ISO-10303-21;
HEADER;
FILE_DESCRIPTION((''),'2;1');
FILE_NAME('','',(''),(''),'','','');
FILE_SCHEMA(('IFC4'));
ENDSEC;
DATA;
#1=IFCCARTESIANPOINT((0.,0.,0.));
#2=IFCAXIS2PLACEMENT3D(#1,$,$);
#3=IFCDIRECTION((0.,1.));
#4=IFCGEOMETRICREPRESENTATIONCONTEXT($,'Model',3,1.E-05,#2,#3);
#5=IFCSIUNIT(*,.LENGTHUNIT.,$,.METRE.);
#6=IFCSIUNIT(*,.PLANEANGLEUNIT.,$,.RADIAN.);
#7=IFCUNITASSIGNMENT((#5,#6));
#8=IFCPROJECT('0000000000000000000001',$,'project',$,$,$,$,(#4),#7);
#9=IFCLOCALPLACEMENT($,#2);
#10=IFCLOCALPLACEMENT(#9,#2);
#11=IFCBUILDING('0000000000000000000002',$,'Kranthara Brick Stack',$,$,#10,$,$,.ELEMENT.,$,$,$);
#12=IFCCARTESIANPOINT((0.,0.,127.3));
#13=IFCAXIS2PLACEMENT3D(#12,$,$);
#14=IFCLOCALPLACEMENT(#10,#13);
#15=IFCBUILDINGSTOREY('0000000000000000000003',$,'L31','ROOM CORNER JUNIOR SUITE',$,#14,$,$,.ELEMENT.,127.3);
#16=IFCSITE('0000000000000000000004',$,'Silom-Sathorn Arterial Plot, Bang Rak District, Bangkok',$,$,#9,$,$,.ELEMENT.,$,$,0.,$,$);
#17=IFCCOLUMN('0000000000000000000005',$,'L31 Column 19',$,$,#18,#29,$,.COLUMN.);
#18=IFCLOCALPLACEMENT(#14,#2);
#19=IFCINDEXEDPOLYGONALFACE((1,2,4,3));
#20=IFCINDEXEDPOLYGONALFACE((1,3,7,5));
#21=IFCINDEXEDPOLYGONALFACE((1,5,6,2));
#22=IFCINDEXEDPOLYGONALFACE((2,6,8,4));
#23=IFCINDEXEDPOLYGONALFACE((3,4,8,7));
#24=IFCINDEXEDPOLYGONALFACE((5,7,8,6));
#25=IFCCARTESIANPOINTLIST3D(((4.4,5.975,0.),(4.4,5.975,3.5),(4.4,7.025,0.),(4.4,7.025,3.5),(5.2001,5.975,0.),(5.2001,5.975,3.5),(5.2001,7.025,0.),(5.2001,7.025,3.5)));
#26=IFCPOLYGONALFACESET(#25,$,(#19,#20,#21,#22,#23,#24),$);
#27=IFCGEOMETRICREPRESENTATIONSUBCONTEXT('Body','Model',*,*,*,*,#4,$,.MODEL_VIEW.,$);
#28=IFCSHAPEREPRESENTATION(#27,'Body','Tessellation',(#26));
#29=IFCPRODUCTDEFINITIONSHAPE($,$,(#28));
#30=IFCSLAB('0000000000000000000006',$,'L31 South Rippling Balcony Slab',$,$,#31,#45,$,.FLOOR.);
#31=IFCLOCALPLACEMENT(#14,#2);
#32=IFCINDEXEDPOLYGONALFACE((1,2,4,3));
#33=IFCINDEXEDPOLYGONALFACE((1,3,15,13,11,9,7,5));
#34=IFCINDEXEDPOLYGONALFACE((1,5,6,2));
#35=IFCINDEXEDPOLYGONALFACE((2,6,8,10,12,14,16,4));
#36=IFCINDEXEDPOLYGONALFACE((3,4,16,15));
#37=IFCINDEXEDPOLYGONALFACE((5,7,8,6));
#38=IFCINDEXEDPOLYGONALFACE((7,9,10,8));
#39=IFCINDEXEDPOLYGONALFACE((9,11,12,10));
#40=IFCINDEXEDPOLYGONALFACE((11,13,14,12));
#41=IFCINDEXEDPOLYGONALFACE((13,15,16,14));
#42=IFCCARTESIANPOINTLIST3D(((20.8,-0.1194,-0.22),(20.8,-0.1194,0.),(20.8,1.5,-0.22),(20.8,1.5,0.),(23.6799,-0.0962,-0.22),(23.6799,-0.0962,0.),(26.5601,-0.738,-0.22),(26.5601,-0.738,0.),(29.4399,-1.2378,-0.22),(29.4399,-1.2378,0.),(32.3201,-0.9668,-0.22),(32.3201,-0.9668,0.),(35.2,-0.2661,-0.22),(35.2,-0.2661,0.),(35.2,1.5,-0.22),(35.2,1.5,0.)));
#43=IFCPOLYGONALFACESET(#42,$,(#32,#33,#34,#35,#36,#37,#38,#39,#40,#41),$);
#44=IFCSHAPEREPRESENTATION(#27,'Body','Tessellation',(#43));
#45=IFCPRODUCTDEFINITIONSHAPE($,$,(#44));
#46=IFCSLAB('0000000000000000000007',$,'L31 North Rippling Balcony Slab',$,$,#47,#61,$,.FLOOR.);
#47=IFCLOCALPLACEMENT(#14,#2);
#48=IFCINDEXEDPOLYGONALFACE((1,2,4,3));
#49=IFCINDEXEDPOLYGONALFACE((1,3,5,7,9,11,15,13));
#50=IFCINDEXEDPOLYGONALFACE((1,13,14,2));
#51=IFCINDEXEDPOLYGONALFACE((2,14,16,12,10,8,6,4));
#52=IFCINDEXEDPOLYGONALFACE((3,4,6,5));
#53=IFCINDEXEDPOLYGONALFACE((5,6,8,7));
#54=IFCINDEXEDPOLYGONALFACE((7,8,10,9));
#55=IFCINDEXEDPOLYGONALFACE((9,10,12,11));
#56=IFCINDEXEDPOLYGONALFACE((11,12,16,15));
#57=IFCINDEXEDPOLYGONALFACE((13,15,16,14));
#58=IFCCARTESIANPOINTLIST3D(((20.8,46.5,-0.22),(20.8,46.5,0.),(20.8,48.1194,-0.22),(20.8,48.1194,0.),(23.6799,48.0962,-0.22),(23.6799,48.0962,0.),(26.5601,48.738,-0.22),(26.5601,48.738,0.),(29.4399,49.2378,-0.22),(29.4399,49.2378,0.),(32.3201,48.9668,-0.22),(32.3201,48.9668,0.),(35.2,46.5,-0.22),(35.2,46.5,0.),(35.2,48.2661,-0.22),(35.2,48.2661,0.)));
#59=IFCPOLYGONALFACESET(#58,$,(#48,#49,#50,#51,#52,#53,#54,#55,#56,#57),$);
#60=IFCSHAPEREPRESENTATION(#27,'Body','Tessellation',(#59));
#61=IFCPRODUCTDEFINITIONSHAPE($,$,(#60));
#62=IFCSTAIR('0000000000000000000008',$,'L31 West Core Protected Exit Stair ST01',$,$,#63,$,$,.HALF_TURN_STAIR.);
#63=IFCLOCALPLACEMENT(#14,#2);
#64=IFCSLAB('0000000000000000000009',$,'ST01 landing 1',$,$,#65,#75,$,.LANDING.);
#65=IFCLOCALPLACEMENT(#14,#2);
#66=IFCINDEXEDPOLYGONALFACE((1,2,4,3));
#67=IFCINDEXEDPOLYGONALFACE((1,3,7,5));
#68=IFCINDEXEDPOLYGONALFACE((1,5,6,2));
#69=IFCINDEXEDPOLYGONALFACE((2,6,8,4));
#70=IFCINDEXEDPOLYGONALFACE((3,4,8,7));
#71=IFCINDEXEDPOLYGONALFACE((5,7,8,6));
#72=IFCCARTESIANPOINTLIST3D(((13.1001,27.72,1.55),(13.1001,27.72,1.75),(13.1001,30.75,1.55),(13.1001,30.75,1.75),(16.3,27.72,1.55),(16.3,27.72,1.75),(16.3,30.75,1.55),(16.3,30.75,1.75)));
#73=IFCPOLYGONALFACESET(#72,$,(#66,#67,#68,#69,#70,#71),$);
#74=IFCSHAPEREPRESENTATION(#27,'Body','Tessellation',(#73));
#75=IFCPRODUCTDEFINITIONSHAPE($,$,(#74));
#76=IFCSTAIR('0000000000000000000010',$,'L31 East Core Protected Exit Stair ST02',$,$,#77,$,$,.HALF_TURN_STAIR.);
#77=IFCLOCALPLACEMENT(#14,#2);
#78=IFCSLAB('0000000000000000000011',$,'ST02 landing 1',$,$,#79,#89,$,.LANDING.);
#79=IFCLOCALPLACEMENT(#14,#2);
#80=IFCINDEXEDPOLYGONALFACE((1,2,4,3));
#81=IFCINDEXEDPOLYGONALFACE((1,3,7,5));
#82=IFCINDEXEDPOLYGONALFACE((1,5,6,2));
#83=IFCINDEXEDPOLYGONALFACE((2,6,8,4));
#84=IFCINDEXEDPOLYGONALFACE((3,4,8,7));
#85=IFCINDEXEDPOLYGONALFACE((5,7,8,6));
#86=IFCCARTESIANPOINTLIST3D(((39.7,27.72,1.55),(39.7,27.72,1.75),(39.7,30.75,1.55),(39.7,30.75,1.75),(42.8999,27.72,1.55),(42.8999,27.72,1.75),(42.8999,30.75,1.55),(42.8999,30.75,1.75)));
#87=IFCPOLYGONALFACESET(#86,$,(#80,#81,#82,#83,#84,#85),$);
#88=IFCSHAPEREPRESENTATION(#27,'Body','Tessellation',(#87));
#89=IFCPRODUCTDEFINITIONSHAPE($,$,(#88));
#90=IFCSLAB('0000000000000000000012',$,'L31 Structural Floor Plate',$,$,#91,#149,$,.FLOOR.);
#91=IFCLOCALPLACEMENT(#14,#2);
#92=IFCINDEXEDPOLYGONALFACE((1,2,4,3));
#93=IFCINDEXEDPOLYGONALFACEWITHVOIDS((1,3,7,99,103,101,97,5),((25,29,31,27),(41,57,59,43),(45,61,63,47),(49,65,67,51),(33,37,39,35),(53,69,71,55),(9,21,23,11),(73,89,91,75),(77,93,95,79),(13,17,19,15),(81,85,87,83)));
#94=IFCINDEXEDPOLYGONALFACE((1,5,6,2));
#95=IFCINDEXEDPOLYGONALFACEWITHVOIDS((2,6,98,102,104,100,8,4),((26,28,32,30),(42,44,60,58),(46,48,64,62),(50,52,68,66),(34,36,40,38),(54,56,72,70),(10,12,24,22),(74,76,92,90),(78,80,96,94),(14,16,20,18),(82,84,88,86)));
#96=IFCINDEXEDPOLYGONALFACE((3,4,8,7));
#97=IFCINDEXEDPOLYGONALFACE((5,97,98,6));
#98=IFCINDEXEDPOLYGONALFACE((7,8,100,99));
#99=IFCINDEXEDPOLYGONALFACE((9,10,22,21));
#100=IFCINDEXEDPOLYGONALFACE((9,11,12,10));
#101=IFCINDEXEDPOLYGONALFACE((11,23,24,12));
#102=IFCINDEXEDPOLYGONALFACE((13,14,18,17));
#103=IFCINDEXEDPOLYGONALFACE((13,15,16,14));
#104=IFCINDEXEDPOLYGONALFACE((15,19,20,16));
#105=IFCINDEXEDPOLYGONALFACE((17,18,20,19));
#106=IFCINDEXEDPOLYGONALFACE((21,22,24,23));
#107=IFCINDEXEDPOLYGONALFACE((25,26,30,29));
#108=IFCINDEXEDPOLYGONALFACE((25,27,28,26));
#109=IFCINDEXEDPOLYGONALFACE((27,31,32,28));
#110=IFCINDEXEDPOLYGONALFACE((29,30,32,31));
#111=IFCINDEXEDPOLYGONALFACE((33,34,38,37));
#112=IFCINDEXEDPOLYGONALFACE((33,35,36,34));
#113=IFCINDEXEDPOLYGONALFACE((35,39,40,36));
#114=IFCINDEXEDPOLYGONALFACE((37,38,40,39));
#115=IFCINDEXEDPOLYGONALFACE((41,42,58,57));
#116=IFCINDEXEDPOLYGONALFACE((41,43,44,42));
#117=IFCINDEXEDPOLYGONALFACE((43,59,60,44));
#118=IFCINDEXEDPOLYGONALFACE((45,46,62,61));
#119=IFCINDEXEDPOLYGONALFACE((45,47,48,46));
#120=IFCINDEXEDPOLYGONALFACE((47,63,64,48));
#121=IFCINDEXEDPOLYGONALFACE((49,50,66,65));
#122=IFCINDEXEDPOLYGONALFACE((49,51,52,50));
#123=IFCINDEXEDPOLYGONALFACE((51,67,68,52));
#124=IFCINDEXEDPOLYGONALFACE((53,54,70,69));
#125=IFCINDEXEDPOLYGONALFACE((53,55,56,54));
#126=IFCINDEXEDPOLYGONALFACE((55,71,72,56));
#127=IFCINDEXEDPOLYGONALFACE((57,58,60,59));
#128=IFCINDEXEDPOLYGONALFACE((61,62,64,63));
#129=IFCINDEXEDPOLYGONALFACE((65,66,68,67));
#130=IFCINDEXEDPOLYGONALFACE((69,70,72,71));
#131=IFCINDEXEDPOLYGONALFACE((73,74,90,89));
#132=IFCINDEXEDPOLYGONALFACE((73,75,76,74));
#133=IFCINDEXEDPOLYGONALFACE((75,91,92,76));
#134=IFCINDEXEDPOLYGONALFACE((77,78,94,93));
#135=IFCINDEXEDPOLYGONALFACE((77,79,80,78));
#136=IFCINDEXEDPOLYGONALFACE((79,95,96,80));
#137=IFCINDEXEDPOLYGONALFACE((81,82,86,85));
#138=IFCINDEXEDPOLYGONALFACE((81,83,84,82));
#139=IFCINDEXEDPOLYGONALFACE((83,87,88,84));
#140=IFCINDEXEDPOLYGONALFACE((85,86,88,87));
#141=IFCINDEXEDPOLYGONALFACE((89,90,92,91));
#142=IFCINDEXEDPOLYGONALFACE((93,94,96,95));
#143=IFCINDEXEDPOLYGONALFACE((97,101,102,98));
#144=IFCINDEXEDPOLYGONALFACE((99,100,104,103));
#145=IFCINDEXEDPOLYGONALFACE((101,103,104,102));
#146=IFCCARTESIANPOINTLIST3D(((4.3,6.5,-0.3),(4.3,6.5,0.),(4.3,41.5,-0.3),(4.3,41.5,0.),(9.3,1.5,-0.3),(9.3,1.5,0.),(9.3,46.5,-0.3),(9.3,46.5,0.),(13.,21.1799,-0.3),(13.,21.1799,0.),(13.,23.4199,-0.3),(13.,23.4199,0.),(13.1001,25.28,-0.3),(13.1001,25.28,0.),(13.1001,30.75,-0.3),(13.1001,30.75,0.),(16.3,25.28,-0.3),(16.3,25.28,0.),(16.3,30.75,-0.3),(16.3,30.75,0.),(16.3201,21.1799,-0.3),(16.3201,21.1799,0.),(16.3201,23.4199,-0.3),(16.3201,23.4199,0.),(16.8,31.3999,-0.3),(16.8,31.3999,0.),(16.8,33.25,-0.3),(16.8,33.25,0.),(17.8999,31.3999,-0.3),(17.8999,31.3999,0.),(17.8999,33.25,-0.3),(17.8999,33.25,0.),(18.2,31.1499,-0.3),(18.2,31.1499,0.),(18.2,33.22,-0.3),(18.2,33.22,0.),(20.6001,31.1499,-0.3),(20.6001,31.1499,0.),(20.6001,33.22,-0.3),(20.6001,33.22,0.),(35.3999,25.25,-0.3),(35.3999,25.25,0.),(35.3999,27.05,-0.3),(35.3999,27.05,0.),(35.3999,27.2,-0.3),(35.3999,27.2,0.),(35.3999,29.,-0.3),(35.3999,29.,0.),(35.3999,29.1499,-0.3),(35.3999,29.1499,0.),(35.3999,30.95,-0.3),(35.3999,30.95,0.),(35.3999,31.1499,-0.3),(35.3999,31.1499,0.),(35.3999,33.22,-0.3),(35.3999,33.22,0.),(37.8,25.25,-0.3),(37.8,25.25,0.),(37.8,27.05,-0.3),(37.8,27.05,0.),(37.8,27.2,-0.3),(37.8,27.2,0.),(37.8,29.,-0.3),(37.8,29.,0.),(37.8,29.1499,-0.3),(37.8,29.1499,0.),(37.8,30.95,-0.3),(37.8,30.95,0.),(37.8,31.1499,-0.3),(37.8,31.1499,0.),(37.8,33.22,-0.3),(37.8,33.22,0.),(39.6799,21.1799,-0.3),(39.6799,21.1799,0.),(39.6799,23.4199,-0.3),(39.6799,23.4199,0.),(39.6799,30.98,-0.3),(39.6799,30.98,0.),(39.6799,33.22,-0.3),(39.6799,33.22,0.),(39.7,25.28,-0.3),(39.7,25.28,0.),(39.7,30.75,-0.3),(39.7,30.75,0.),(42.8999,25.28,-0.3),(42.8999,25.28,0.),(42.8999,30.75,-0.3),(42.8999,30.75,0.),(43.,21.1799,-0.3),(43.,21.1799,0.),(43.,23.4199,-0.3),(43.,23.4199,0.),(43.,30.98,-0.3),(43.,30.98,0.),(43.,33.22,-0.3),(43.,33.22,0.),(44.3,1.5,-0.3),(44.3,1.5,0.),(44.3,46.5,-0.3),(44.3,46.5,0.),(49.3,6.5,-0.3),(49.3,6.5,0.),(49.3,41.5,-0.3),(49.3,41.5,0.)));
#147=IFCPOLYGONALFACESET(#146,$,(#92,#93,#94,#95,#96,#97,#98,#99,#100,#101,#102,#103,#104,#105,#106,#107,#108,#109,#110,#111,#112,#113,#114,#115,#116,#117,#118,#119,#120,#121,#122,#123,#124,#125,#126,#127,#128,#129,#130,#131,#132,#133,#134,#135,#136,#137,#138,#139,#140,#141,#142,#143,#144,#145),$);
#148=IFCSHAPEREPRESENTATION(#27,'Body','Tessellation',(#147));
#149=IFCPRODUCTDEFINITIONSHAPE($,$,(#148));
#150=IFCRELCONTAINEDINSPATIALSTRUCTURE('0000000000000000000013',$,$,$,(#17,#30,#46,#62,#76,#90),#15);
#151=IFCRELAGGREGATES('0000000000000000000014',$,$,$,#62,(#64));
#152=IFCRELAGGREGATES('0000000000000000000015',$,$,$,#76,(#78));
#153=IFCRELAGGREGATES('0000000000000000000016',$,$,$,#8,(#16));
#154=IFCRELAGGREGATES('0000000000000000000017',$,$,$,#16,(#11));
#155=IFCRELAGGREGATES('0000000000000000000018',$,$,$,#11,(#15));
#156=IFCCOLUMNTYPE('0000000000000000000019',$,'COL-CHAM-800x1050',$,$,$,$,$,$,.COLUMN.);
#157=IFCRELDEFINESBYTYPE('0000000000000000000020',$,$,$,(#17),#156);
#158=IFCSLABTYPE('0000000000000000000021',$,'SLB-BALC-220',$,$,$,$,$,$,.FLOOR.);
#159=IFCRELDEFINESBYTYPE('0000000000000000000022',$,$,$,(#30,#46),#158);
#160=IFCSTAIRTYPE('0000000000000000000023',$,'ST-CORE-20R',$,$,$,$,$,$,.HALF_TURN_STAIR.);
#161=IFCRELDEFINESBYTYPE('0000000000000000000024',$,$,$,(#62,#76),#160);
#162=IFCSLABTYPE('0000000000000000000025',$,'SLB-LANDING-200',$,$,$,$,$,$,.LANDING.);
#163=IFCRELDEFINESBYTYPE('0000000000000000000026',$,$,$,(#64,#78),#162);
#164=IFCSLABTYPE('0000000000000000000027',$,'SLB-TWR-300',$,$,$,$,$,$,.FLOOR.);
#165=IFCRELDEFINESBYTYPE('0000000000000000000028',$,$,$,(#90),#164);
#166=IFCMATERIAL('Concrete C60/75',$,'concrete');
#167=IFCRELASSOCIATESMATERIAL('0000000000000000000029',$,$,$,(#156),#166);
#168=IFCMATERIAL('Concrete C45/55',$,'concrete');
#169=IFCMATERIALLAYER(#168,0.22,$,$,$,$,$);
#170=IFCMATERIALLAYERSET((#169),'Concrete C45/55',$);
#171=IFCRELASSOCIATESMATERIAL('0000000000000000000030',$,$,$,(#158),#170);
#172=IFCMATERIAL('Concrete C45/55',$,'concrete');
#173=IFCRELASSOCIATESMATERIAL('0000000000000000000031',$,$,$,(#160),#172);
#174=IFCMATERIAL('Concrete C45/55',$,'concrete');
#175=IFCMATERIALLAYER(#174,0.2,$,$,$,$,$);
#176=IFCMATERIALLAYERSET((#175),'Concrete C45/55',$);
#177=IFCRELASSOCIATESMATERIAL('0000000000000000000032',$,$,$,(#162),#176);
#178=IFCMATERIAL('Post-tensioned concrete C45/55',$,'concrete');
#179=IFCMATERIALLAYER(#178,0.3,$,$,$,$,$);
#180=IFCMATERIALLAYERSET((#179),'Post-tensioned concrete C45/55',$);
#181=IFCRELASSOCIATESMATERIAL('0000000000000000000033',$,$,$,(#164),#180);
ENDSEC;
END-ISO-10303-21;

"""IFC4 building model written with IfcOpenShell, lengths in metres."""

from ifc_helpers import new_model, si_unit, direction, frame, origin, origin_2d, place, context, subcontext, project, spatial, polyline, rectangle, outline, extrude, material, layer, layer_set, material_profile, profile_set, type_object, element, aggregate, save


model = new_model("IFC4")

# Units and contexts
model_context = context("Model", 3, precision=1e-05, world=origin(), true_north=direction((0.0, 1.0)))
body_context = subcontext(model_context, "Body", "Model", "MODEL_VIEW")
ifc_project = project(units=[si_unit("LENGTHUNIT", "METRE"), si_unit("PLANEANGLEUNIT", "RADIAN")], contexts=[model_context])

# Site, building, storey
site_placement = place(None, origin())
site = spatial("IfcSite", under=ifc_project, at=site_placement, Name="Silom-Sathorn Arterial Plot, Bang Rak District, Bangkok", CompositionType="ELEMENT", RefElevation=0.0)
building_placement = place(site_placement, origin())
building = spatial("IfcBuilding", under=site, at=building_placement, Name="Kranthara Brick Stack", CompositionType="ELEMENT")
storey_placement = place(building_placement, frame((0.0, 0.0, 127.3)))
storey = spatial("IfcBuildingStorey", under=building, at=storey_placement, Name="L31", Description="ROOM CORNER JUNIOR SUITE", CompositionType="ELEMENT", Elevation=127.3)

# Column
ifc_material_1 = material(Name="Concrete C60/75", Category="concrete")
ifc_material_profile = material_profile(ifc_material_1, rectangle(XDim=0.8, YDim=1.05, at=origin_2d()), Name="RC 800x1050")
ifc_profile_set = profile_set([ifc_material_profile], Name="Concrete C60/75")
column_type = type_object("IfcColumnType", Name="COL-CHAM-800x1050", PredefinedType="COLUMN", material=ifc_profile_set)
column_placement = place(storey_placement, frame((4.8, 6.5, 0.0), z_axis=(0.0, 0.0, 1.0), x_axis=(1.0, 0.0, 0.0)))
element("IfcColumn", 1, at=column_placement, inside=storey, type_object=column_type, Name="L31 Column 19", PredefinedType="COLUMN", context=body_context, shape_type="SweptSolid", body=[
    extrude(rectangle(XDim=0.8, YDim=1.05, at=origin_2d()), origin(), (0.0, 0.0, 1.0), 3.5),
])

# Slabs
ifc_material_2 = material(Name="Concrete C45/55", Category="concrete")
ifc_layer_1 = layer(ifc_material_2, 0.22)
ifc_layer_set_1 = layer_set([ifc_layer_1], Name="Concrete C45/55")
slab_type_1 = type_object("IfcSlabType", Name="SLB-BALC-220", PredefinedType="FLOOR", material=ifc_layer_set_1)
slab_1_placement = place(storey_placement, frame((0.0, 0.0, -0.22)))
element("IfcSlab", 2, at=slab_1_placement, inside=storey, type_object=slab_type_1, Name="L31 South Rippling Balcony Slab", PredefinedType="FLOOR", context=body_context, shape_type="SweptSolid", body=[
    extrude(outline(polyline([(20.8, 1.5), (35.2, 1.5), (35.2, -0.2661), (32.3201, -0.9668), (29.4399, -1.2378), (26.5601, -0.738), (23.6799, -0.0962), (20.8, -0.1194), (20.8, 1.5)])), origin(), (0.0, 0.0, 1.0), 0.22),
])
slab_2_placement = place(storey_placement, frame((0.0, 0.0, -0.22)))
element("IfcSlab", 3, at=slab_2_placement, inside=storey, type_object=slab_type_1, Name="L31 North Rippling Balcony Slab", PredefinedType="FLOOR", context=body_context, shape_type="SweptSolid", body=[
    extrude(outline(polyline([(35.2, 46.5), (20.8, 46.5), (20.8, 48.1194), (23.6799, 48.0962), (26.5601, 48.738), (29.4399, 49.2378), (32.3201, 48.9668), (35.2, 48.2661), (35.2, 46.5)])), origin(), (0.0, 0.0, 1.0), 0.22),
])

# Stairs, slabs
ifc_material_3 = material(Name="Concrete C45/55", Category="concrete")
stair_type = type_object("IfcStairType", Name="ST-CORE-20R", PredefinedType="HALF_TURN_STAIR", material=ifc_material_3)
stair_1_placement = place(storey_placement, origin())
stair_1 = element("IfcStair", 4, at=stair_1_placement, inside=storey, type_object=stair_type, Name="L31 West Core Protected Exit Stair ST01", PredefinedType="HALF_TURN_STAIR")
ifc_material_4 = material(Name="Concrete C45/55", Category="concrete")
ifc_layer_2 = layer(ifc_material_4, 0.2)
ifc_layer_set_2 = layer_set([ifc_layer_2], Name="Concrete C45/55")
slab_type_2 = type_object("IfcSlabType", Name="SLB-LANDING-200", PredefinedType="LANDING", material=ifc_layer_set_2)
slab_3_placement = place(storey_placement, frame((0.0, 0.0, 1.55)))
slab_3 = element("IfcSlab", 5, at=slab_3_placement, type_object=slab_type_2, Name="ST01 landing 1", PredefinedType="LANDING", context=body_context, shape_type="SweptSolid", body=[
    extrude(outline(polyline([(16.3, 27.72), (16.3, 30.75), (13.1001, 30.75), (13.1001, 27.72), (16.3, 27.72)])), origin(), (0.0, 0.0, 1.0), 0.2),
])
aggregate(stair_1, [slab_3])
stair_2_placement = place(storey_placement, origin())
stair_2 = element("IfcStair", 6, at=stair_2_placement, inside=storey, type_object=stair_type, Name="L31 East Core Protected Exit Stair ST02", PredefinedType="HALF_TURN_STAIR")
slab_4_placement = place(storey_placement, frame((0.0, 0.0, 1.55)))
slab_4 = element("IfcSlab", 7, at=slab_4_placement, type_object=slab_type_2, Name="ST02 landing 1", PredefinedType="LANDING", context=body_context, shape_type="SweptSolid", body=[
    extrude(outline(polyline([(42.8999, 27.72), (42.8999, 30.75), (39.7, 30.75), (39.7, 27.72), (42.8999, 27.72)])), origin(), (0.0, 0.0, 1.0), 0.2),
])
aggregate(stair_2, [slab_4])

# Slab
ifc_material_5 = material(Name="Post-tensioned concrete C45/55", Category="concrete")
ifc_layer_3 = layer(ifc_material_5, 0.3)
ifc_layer_set_3 = layer_set([ifc_layer_3], Name="Post-tensioned concrete C45/55")
slab_type_3 = type_object("IfcSlabType", Name="SLB-TWR-300", PredefinedType="FLOOR", material=ifc_layer_set_3)
slab_5_placement = place(storey_placement, frame((0.0, 0.0, -0.3)))
element("IfcSlab", 8, at=slab_5_placement, inside=storey, type_object=slab_type_3, Name="L31 Structural Floor Plate", PredefinedType="FLOOR", context=body_context, shape_type="SweptSolid", body=[
    extrude(outline(polyline([(9.3, 1.5), (44.3, 1.5), (49.3, 6.5), (49.3, 41.5), (44.3, 46.5), (9.3, 46.5), (4.3, 41.5), (4.3, 6.5), (9.3, 1.5)]), holes=[polyline([(13.1001, 25.28), (16.3, 25.28), (16.3, 30.75), (13.1001, 30.75), (13.1001, 25.28)]), polyline([(39.7, 25.28), (42.8999, 25.28), (42.8999, 30.75), (39.7, 30.75), (39.7, 25.28)]), polyline([(13.0, 21.1799), (16.3201, 21.1799), (16.3201, 23.4199), (13.0, 23.4199), (13.0, 21.1799)]), polyline([(39.6799, 21.1799), (43.0, 21.1799), (43.0, 23.4199), (39.6799, 23.4199), (39.6799, 21.1799)]), polyline([(39.6799, 30.98), (43.0, 30.98), (43.0, 33.22), (39.6799, 33.22), (39.6799, 30.98)]), polyline([(35.3999, 25.25), (37.8, 25.25), (37.8, 27.05), (35.3999, 27.05), (35.3999, 25.25)]), polyline([(35.3999, 27.2), (37.8, 27.2), (37.8, 29.0), (35.3999, 29.0), (35.3999, 27.2)]), polyline([(35.3999, 29.1499), (37.8, 29.1499), (37.8, 30.95), (35.3999, 30.95), (35.3999, 29.1499)]), polyline([(18.2, 31.1499), (20.6001, 31.1499), (20.6001, 33.22), (18.2, 33.22), (18.2, 31.1499)]), polyline([(35.3999, 31.1499), (37.8, 31.1499), (37.8, 33.22), (35.3999, 33.22), (35.3999, 31.1499)]), polyline([(16.8, 31.3999), (17.8999, 31.3999), (17.8999, 33.25), (16.8, 33.25), (16.8, 31.3999)])]), origin(), (0.0, 0.0, 1.0), 0.3),
])

save(model, "model.ifc")
